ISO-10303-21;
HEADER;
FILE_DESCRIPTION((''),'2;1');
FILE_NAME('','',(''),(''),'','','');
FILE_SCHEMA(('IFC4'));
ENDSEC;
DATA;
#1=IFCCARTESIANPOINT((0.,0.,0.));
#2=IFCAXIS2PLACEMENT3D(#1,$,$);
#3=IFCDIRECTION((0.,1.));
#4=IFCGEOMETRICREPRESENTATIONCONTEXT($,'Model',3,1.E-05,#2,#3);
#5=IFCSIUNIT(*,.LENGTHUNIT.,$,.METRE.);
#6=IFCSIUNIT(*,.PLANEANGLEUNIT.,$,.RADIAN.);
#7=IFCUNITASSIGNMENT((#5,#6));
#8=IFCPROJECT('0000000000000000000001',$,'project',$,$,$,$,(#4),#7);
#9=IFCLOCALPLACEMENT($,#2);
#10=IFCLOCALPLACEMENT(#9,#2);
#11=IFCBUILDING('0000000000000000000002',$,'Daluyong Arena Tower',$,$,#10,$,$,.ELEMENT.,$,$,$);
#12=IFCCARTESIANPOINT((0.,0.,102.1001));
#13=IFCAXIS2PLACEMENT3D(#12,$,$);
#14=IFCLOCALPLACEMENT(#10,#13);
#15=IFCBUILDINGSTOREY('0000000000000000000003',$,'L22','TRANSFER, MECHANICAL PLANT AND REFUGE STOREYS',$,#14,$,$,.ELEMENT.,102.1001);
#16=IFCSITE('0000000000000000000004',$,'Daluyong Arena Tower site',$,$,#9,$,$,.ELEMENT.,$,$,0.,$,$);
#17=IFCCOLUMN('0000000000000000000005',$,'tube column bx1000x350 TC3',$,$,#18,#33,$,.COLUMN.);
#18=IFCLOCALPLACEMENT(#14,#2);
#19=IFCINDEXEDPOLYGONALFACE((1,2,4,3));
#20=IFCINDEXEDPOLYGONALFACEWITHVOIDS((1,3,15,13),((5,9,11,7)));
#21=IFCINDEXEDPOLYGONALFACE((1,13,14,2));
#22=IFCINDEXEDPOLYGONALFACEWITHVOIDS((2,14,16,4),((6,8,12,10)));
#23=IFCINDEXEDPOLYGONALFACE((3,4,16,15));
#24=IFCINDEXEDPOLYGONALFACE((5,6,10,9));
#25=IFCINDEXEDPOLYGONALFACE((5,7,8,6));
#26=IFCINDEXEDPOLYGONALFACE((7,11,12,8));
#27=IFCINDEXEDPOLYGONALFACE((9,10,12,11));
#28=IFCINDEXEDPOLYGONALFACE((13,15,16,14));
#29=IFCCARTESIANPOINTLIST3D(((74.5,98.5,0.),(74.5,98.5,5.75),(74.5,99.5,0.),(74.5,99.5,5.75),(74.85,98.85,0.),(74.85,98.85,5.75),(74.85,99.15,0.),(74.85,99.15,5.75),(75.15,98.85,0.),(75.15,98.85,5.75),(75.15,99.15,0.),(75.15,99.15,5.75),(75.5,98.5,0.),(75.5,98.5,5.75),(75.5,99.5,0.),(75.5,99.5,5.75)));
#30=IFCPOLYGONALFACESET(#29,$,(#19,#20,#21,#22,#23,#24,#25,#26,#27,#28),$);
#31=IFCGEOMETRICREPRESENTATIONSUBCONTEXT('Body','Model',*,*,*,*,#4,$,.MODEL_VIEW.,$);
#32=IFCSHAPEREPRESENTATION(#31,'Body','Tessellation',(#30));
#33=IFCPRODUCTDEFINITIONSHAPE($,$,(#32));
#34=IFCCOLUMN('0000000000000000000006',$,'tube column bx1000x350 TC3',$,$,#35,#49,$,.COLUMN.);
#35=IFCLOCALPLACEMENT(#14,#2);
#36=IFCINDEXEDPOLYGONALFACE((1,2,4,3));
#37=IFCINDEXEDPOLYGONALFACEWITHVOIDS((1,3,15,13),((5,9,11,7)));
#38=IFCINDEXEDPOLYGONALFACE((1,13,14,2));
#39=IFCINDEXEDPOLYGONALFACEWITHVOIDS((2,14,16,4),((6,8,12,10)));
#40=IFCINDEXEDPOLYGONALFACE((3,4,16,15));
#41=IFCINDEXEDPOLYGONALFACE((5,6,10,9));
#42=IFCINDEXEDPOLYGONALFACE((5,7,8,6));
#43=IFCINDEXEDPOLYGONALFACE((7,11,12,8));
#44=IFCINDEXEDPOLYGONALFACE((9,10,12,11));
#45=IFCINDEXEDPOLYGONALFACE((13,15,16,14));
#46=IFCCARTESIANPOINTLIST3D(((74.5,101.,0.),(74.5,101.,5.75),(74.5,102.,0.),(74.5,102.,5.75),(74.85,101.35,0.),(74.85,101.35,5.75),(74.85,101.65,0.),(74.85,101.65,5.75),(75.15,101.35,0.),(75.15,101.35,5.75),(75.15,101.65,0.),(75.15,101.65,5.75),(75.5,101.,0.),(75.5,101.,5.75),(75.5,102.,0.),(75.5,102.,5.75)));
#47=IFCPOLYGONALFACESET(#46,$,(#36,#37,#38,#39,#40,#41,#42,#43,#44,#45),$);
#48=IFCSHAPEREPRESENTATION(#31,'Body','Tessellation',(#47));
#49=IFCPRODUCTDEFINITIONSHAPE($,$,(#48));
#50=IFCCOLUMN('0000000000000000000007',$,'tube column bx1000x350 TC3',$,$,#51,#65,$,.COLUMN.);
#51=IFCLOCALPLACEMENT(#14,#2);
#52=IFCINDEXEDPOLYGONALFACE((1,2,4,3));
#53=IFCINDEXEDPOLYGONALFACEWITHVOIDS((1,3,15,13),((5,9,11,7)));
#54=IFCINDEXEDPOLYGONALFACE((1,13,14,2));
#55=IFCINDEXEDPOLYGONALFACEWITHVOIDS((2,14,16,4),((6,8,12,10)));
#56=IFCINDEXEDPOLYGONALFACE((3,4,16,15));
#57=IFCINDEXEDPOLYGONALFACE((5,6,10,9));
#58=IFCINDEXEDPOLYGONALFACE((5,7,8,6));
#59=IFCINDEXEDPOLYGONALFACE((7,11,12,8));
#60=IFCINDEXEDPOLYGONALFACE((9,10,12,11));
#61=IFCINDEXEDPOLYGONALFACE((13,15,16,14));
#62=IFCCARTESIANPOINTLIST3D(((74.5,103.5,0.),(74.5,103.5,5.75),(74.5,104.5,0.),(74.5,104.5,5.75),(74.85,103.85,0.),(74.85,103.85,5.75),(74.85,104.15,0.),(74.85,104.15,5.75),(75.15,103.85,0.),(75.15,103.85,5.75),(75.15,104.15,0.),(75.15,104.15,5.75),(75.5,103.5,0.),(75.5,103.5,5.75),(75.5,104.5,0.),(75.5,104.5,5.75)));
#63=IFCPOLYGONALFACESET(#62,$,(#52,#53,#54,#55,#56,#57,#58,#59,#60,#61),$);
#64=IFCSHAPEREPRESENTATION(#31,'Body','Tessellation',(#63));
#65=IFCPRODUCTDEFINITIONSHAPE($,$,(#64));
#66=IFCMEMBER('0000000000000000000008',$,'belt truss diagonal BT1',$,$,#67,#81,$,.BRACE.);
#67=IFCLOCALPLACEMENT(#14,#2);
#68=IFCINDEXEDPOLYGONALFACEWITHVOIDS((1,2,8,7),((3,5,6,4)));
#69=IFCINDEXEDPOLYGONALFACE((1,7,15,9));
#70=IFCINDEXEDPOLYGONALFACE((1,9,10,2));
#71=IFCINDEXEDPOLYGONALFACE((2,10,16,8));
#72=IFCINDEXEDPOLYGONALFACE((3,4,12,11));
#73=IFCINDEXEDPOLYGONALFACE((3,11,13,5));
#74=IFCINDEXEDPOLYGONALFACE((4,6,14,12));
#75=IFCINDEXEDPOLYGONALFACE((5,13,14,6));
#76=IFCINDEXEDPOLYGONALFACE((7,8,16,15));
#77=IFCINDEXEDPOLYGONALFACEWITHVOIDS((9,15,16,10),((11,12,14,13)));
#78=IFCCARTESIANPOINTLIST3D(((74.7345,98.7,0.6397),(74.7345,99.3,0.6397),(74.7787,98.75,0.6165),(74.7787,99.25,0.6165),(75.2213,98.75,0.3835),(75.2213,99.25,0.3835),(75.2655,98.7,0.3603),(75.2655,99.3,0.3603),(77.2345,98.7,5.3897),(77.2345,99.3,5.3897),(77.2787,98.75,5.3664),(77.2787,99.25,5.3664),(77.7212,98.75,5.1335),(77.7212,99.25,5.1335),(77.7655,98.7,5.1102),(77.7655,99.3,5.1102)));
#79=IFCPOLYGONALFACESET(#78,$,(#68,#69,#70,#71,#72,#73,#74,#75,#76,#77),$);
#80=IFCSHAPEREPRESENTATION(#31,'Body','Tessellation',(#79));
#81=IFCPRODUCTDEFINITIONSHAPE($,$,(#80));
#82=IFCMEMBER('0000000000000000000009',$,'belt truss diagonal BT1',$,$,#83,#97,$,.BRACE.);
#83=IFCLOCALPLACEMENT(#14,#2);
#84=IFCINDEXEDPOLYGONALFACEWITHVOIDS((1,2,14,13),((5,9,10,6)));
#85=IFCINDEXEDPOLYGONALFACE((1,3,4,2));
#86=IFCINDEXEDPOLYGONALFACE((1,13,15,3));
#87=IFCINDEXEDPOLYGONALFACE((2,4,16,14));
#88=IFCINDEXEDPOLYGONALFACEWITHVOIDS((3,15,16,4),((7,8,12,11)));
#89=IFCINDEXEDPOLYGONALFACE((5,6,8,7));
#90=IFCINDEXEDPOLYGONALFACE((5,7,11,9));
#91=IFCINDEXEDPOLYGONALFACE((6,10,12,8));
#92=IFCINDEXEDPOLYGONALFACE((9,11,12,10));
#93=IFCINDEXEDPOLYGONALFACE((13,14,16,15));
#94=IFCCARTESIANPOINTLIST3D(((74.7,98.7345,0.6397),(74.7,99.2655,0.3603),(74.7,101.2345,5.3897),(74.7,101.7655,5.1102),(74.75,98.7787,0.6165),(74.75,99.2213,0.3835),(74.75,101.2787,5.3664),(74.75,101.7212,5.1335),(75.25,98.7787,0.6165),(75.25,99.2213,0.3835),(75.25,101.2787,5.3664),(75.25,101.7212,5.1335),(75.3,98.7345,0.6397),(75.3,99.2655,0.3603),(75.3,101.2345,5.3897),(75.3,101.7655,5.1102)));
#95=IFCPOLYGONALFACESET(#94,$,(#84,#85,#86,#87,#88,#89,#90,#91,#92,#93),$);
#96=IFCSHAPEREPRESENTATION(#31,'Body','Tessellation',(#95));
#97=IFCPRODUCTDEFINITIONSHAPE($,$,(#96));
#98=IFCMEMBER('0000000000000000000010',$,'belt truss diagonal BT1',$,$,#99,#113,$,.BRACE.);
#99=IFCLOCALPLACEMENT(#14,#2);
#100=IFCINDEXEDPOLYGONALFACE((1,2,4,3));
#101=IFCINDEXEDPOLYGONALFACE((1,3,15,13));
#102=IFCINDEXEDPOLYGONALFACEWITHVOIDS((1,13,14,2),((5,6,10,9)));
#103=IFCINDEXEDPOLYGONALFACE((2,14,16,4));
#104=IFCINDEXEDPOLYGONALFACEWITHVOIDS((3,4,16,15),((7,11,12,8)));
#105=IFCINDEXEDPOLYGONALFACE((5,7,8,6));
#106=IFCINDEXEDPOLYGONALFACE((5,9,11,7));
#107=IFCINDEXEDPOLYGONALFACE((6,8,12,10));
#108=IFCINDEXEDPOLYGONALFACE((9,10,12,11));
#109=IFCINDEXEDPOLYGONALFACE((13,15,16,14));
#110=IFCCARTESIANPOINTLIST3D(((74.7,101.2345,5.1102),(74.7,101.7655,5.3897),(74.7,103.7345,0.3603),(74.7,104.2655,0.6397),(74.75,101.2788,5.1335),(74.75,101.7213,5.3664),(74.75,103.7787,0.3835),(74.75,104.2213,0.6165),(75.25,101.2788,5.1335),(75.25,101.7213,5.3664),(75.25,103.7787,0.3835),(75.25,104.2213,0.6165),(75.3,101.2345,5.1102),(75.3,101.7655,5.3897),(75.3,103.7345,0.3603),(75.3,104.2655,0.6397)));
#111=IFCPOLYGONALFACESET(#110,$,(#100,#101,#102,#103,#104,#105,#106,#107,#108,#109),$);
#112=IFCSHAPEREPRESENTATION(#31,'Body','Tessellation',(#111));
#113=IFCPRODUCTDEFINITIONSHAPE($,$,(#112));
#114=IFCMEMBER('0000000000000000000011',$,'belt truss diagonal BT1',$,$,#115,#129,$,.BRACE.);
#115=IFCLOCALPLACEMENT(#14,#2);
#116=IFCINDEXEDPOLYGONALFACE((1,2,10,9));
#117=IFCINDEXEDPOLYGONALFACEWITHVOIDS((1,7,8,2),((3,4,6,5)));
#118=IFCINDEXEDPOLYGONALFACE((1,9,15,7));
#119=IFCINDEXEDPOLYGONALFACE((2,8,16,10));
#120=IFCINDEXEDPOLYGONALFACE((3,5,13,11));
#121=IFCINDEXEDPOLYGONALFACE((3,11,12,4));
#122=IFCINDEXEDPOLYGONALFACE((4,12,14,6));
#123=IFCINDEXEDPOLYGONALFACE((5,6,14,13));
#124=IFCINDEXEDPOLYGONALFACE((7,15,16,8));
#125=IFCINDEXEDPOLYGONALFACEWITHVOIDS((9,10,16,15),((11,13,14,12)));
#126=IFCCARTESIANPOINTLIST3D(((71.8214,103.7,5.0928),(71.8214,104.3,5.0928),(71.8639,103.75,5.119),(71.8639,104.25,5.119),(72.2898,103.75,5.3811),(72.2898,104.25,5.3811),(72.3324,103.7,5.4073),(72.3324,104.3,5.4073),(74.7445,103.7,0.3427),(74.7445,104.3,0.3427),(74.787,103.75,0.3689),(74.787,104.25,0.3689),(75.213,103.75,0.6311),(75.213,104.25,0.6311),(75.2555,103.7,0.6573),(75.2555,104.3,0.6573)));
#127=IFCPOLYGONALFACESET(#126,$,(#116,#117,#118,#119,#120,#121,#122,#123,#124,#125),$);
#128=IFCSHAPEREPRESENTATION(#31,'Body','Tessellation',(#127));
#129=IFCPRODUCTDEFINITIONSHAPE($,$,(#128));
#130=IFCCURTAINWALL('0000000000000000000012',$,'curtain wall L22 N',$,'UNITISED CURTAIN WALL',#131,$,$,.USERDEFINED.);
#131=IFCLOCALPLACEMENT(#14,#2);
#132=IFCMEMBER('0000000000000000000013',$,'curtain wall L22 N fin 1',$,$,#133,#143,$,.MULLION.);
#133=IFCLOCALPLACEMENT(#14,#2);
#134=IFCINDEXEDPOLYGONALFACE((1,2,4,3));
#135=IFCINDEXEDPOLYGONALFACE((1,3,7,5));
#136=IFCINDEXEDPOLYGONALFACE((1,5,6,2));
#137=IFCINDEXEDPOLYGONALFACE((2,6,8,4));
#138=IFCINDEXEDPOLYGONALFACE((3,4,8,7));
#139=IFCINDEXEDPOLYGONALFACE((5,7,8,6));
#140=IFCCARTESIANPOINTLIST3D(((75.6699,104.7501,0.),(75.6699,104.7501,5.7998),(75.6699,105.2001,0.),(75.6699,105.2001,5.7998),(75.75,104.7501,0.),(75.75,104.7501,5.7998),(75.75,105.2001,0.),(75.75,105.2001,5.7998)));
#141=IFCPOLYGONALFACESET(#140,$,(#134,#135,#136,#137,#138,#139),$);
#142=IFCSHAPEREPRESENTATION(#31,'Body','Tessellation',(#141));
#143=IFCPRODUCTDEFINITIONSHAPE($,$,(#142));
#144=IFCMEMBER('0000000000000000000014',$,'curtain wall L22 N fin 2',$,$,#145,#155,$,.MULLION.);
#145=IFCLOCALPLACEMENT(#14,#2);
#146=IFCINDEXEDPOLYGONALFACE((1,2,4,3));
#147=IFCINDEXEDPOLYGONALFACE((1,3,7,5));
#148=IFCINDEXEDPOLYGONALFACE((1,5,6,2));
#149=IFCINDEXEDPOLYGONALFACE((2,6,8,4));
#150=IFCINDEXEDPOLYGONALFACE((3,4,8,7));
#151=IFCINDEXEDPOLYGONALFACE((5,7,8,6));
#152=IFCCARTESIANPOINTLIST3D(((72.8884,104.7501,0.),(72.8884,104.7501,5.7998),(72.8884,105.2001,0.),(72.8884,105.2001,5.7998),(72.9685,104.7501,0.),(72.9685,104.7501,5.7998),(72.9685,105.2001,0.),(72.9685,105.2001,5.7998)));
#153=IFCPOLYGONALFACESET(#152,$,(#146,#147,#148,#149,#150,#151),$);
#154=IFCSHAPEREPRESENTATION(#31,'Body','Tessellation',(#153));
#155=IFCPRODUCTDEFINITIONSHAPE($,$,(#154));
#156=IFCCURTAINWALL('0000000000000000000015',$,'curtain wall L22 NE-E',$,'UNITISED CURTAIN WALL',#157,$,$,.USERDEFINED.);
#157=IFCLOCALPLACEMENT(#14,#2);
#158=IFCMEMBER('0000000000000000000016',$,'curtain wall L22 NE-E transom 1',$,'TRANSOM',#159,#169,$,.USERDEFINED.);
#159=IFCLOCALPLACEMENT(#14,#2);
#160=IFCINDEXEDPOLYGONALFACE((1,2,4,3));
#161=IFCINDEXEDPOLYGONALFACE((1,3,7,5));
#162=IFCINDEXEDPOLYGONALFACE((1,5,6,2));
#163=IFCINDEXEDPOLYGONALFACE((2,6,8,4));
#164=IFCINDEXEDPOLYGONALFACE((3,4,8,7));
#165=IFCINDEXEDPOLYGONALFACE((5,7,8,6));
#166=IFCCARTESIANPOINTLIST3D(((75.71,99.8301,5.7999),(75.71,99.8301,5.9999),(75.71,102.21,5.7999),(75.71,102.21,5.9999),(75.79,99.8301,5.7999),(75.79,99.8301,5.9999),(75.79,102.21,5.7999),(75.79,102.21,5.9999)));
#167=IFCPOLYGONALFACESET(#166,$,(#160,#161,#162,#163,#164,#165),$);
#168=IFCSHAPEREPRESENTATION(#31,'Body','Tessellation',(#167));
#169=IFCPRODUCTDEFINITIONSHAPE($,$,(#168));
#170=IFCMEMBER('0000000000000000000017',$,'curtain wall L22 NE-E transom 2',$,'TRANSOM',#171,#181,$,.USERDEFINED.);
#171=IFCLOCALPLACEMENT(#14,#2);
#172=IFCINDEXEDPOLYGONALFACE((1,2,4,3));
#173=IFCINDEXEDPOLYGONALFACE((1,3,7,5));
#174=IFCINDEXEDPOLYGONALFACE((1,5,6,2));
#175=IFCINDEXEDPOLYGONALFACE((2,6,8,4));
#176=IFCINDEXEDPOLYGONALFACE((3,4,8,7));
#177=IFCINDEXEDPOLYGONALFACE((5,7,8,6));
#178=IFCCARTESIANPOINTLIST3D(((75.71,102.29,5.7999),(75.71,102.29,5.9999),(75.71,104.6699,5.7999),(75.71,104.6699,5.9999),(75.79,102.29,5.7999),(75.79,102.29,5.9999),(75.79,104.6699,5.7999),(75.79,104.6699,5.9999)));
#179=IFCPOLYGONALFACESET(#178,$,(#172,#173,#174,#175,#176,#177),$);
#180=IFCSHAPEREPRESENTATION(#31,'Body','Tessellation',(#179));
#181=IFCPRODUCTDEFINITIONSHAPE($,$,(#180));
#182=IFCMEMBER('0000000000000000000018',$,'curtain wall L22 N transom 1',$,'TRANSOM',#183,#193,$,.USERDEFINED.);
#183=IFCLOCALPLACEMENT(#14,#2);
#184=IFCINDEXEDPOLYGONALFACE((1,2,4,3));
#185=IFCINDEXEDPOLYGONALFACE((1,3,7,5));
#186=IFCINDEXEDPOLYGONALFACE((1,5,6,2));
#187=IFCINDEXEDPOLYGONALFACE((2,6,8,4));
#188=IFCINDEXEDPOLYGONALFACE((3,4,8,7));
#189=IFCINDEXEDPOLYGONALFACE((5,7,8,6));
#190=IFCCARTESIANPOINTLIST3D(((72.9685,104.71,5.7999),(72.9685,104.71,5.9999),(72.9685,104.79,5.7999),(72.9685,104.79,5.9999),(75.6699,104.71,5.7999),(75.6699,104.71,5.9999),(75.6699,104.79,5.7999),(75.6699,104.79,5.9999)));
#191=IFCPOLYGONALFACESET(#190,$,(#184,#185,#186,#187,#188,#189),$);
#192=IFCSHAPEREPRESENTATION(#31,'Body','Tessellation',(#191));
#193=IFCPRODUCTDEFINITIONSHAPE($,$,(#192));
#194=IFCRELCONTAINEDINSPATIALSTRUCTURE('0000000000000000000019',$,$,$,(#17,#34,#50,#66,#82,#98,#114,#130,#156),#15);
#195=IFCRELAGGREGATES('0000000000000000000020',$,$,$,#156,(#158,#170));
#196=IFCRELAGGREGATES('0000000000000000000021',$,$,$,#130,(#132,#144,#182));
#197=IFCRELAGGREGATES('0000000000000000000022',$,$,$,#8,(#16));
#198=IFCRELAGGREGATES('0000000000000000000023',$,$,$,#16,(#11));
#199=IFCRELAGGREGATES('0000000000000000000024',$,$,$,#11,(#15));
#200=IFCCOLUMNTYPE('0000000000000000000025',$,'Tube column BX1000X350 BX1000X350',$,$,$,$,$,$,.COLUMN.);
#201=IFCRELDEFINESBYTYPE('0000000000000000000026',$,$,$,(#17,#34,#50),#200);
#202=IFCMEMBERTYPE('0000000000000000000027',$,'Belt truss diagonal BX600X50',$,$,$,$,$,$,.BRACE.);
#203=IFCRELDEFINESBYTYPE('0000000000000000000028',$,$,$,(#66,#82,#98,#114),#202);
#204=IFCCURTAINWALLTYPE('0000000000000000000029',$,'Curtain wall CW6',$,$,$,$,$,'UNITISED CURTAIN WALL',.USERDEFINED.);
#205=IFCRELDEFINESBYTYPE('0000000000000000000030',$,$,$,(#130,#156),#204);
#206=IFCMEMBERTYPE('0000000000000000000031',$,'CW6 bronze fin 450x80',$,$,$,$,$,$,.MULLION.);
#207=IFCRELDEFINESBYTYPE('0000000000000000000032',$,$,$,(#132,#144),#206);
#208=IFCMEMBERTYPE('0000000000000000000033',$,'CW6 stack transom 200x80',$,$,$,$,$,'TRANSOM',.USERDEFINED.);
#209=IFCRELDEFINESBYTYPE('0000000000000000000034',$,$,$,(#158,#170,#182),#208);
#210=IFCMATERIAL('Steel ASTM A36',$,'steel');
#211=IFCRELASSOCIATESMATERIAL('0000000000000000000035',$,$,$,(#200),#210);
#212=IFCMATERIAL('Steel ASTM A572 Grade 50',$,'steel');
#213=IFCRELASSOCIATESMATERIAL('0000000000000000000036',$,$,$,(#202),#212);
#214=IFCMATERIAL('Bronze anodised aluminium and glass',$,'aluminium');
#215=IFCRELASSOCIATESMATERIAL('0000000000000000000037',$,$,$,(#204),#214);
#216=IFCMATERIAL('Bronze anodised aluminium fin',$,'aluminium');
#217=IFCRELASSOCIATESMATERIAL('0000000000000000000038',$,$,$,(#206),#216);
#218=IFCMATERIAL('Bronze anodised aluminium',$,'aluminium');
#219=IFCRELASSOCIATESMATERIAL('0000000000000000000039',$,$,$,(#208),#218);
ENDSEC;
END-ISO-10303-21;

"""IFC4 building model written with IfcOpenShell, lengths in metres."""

from ifc_helpers import new_model, si_unit, direction, frame, origin, origin_2d, place, context, subcontext, project, spatial, rectangle, hollow_rectangle, extrude, material, material_profile, profile_set, type_object, element, aggregate, save


model = new_model("IFC4")

# Units and contexts
model_context = context("Model", 3, precision=1e-05, world=origin(), true_north=direction((0.0, 1.0)))
body_context = subcontext(model_context, "Body", "Model", "MODEL_VIEW")
ifc_project = project(units=[si_unit("LENGTHUNIT", "METRE"), si_unit("PLANEANGLEUNIT", "RADIAN")], contexts=[model_context])

# Site, building, storey
site_placement = place(None, origin())
site = spatial("IfcSite", under=ifc_project, at=site_placement, Name="Daluyong Arena Tower site", CompositionType="ELEMENT", RefElevation=0.0)
building_placement = place(site_placement, origin())
building = spatial("IfcBuilding", under=site, at=building_placement, Name="Daluyong Arena Tower", CompositionType="ELEMENT")
storey_placement = place(building_placement, frame((0.0, 0.0, 102.1001)))
storey = spatial("IfcBuildingStorey", under=building, at=storey_placement, Name="L22", Description="TRANSFER, MECHANICAL PLANT AND REFUGE STOREYS", CompositionType="ELEMENT", Elevation=102.1001)

# Columns
ifc_material_1 = material(Name="Steel ASTM A36", Category="steel")
ifc_material_profile_1 = material_profile(ifc_material_1, hollow_rectangle(XDim=1.0, YDim=1.0, WallThickness=0.35, at=origin_2d()))
ifc_profile_set_1 = profile_set([ifc_material_profile_1], Name="Steel ASTM A36")
column_type = type_object("IfcColumnType", Name="Tube column BX1000X350 BX1000X350", PredefinedType="COLUMN", material=ifc_profile_set_1)
for number, where, z_axis, x_axis, name in (
    (1, (75.0, 99.0, 0.0), (0.0, 0.0, 1.0), (0.0, 1.0, 0.0), "tube column bx1000x350 TC3"),
    (2, (75.0, 101.5, 0.0), (0.0, 0.0, 1.0), (0.0, 1.0, 0.0), "tube column bx1000x350 TC3"),
    (3, (75.0, 104.0, 0.0), (0.0, 0.0, 1.0), (1.0, 0.0, 0.0), "tube column bx1000x350 TC3"),
):
    element("IfcColumn", number, at=place(storey_placement, frame(where, z_axis=z_axis, x_axis=x_axis)), inside=storey, type_object=column_type, Name=name, PredefinedType="COLUMN", context=body_context, shape_type="SweptSolid", body=[
        extrude(hollow_rectangle(XDim=1.0, YDim=1.0, WallThickness=0.35, at=origin_2d()), origin(), (0.0, 0.0, 1.0), 5.75),
    ])

# Members
ifc_material_2 = material(Name="Steel ASTM A572 Grade 50", Category="steel")
ifc_material_profile_2 = material_profile(ifc_material_2, hollow_rectangle(XDim=0.6001, YDim=0.6001, WallThickness=0.05, at=origin_2d()))
ifc_profile_set_2 = profile_set([ifc_material_profile_2], Name="Steel ASTM A572 Grade 50")
member_type_1 = type_object("IfcMemberType", Name="Belt truss diagonal BX600X50", PredefinedType="BRACE", material=ifc_profile_set_2)
for number, where, z_axis, x_axis, name in (
    (4, (75.0, 99.0, 0.5), (0.465746, 0.0, 0.884918), (0.0, 1.0, 0.0), "belt truss diagonal BT1"),
    (5, (75.0, 99.0, 0.5), (0.0, 0.465746, 0.884918), (-1.0, 0.0, 0.0), "belt truss diagonal BT1"),
    (6, (75.0, 104.0, 0.5), (0.0, -0.465746, 0.884918), (1.0, 0.0, 0.0), "belt truss diagonal BT1"),
):
    element("IfcMember", number, at=place(storey_placement, frame(where, z_axis=z_axis, x_axis=x_axis)), inside=storey, type_object=member_type_1, Name=name, PredefinedType="BRACE", context=body_context, shape_type="SweptSolid", body=[
        extrude(hollow_rectangle(XDim=0.6001, YDim=0.6001, WallThickness=0.05, at=origin_2d()), origin(), (0.0, 0.0, 1.0), 5.3677),
    ])
member_1_placement = place(storey_placement, frame((75.0, 104.0, 0.5), z_axis=(-0.5241, 0.0, 0.851657), x_axis=(0.0, -1.0, 0.0)))
element("IfcMember", 7, at=member_1_placement, inside=storey, type_object=member_type_1, Name="belt truss diagonal BT1", PredefinedType="BRACE", context=body_context, shape_type="SweptSolid", body=[
    extrude(hollow_rectangle(XDim=0.6001, YDim=0.6001, WallThickness=0.05, at=origin_2d()), origin(), (0.0, 0.0, 1.0), 5.5774),
])

# Curtain walls, members
ifc_material_3 = material(Name="Bronze anodised aluminium and glass", Category="aluminium")
curtain_wall_type = type_object("IfcCurtainWallType", Name="Curtain wall CW6", ElementType="UNITISED CURTAIN WALL", PredefinedType="USERDEFINED", material=ifc_material_3)
curtain_wall_1_placement = place(storey_placement, origin())
curtain_wall_1 = element("IfcCurtainWall", 8, at=curtain_wall_1_placement, inside=storey, type_object=curtain_wall_type, Name="curtain wall L22 N", ObjectType="UNITISED CURTAIN WALL", PredefinedType="USERDEFINED")
ifc_material_4 = material(Name="Bronze anodised aluminium fin", Category="aluminium")
ifc_material_profile_3 = material_profile(ifc_material_4, rectangle(XDim=0.45, YDim=0.0801, at=origin_2d()))
ifc_profile_set_3 = profile_set([ifc_material_profile_3], Name="Bronze anodised aluminium fin")
member_type_2 = type_object("IfcMemberType", Name="CW6 bronze fin 450x80", PredefinedType="MULLION", material=ifc_profile_set_3)
member_2_placement = place(storey_placement, frame((75.71, 104.9751, 0.0), z_axis=(0.0, 0.0, 1.0), x_axis=(0.0, -1.0, 0.0)))
member_2 = element("IfcMember", 9, at=member_2_placement, type_object=member_type_2, Name="curtain wall L22 N fin 1", PredefinedType="MULLION", context=body_context, shape_type="SweptSolid", body=[
    extrude(rectangle(XDim=0.45, YDim=0.0801, at=origin_2d()), origin(), (0.0, 0.0, 1.0), 5.7998),
])
member_3_placement = place(storey_placement, frame((72.9285, 104.9751, 0.0), z_axis=(0.0, 0.0, 1.0), x_axis=(0.0, -1.0, 0.0)))
member_3 = element("IfcMember", 10, at=member_3_placement, type_object=member_type_2, Name="curtain wall L22 N fin 2", PredefinedType="MULLION", context=body_context, shape_type="SweptSolid", body=[
    extrude(rectangle(XDim=0.45, YDim=0.0801, at=origin_2d()), origin(), (0.0, 0.0, 1.0), 5.7998),
])
curtain_wall_2_placement = place(storey_placement, origin())
curtain_wall_2 = element("IfcCurtainWall", 11, at=curtain_wall_2_placement, inside=storey, type_object=curtain_wall_type, Name="curtain wall L22 NE-E", ObjectType="UNITISED CURTAIN WALL", PredefinedType="USERDEFINED")
ifc_material_5 = material(Name="Bronze anodised aluminium", Category="aluminium")
ifc_material_profile_4 = material_profile(ifc_material_5, rectangle(XDim=0.0801, YDim=0.2, at=origin_2d()))
ifc_profile_set_4 = profile_set([ifc_material_profile_4], Name="Bronze anodised aluminium")
member_type_3 = type_object("IfcMemberType", Name="CW6 stack transom 200x80", ElementType="TRANSOM", PredefinedType="USERDEFINED", material=ifc_profile_set_4)
member_4_placement = place(storey_placement, frame((75.75, 99.8301, 5.8999), z_axis=(0.0, 1.0, 0.0), x_axis=(-1.0, 0.0, 0.0)))
member_4 = element("IfcMember", 12, at=member_4_placement, type_object=member_type_3, Name="curtain wall L22 NE-E transom 1", ObjectType="TRANSOM", PredefinedType="USERDEFINED", context=body_context, shape_type="SweptSolid", body=[
    extrude(rectangle(XDim=0.0801, YDim=0.2, at=origin_2d()), origin(), (0.0, 0.0, 1.0), 2.3799),
])
member_5_placement = place(storey_placement, frame((75.75, 102.29, 5.8999), z_axis=(0.0, 1.0, 0.0), x_axis=(-1.0, 0.0, 0.0)))
member_5 = element("IfcMember", 13, at=member_5_placement, type_object=member_type_3, Name="curtain wall L22 NE-E transom 2", ObjectType="TRANSOM", PredefinedType="USERDEFINED", context=body_context, shape_type="SweptSolid", body=[
    extrude(rectangle(XDim=0.0801, YDim=0.2, at=origin_2d()), origin(), (0.0, 0.0, 1.0), 2.3799),
])

# Member
member_6_placement = place(storey_placement, frame((75.6699, 104.75, 5.8999), z_axis=(-1.0, 0.0, 0.0), x_axis=(0.0, -1.0, 0.0)))
member_6 = element("IfcMember", 14, at=member_6_placement, type_object=member_type_3, Name="curtain wall L22 N transom 1", ObjectType="TRANSOM", PredefinedType="USERDEFINED", context=body_context, shape_type="SweptSolid", body=[
    extrude(rectangle(XDim=0.0801, YDim=0.2, at=origin_2d()), origin(), (0.0, 0.0, 1.0), 2.7014),
])

aggregate(curtain_wall_2, [member_4, member_5])
aggregate(curtain_wall_1, [member_2, member_3, member_6])

save(model, "model.ifc")
